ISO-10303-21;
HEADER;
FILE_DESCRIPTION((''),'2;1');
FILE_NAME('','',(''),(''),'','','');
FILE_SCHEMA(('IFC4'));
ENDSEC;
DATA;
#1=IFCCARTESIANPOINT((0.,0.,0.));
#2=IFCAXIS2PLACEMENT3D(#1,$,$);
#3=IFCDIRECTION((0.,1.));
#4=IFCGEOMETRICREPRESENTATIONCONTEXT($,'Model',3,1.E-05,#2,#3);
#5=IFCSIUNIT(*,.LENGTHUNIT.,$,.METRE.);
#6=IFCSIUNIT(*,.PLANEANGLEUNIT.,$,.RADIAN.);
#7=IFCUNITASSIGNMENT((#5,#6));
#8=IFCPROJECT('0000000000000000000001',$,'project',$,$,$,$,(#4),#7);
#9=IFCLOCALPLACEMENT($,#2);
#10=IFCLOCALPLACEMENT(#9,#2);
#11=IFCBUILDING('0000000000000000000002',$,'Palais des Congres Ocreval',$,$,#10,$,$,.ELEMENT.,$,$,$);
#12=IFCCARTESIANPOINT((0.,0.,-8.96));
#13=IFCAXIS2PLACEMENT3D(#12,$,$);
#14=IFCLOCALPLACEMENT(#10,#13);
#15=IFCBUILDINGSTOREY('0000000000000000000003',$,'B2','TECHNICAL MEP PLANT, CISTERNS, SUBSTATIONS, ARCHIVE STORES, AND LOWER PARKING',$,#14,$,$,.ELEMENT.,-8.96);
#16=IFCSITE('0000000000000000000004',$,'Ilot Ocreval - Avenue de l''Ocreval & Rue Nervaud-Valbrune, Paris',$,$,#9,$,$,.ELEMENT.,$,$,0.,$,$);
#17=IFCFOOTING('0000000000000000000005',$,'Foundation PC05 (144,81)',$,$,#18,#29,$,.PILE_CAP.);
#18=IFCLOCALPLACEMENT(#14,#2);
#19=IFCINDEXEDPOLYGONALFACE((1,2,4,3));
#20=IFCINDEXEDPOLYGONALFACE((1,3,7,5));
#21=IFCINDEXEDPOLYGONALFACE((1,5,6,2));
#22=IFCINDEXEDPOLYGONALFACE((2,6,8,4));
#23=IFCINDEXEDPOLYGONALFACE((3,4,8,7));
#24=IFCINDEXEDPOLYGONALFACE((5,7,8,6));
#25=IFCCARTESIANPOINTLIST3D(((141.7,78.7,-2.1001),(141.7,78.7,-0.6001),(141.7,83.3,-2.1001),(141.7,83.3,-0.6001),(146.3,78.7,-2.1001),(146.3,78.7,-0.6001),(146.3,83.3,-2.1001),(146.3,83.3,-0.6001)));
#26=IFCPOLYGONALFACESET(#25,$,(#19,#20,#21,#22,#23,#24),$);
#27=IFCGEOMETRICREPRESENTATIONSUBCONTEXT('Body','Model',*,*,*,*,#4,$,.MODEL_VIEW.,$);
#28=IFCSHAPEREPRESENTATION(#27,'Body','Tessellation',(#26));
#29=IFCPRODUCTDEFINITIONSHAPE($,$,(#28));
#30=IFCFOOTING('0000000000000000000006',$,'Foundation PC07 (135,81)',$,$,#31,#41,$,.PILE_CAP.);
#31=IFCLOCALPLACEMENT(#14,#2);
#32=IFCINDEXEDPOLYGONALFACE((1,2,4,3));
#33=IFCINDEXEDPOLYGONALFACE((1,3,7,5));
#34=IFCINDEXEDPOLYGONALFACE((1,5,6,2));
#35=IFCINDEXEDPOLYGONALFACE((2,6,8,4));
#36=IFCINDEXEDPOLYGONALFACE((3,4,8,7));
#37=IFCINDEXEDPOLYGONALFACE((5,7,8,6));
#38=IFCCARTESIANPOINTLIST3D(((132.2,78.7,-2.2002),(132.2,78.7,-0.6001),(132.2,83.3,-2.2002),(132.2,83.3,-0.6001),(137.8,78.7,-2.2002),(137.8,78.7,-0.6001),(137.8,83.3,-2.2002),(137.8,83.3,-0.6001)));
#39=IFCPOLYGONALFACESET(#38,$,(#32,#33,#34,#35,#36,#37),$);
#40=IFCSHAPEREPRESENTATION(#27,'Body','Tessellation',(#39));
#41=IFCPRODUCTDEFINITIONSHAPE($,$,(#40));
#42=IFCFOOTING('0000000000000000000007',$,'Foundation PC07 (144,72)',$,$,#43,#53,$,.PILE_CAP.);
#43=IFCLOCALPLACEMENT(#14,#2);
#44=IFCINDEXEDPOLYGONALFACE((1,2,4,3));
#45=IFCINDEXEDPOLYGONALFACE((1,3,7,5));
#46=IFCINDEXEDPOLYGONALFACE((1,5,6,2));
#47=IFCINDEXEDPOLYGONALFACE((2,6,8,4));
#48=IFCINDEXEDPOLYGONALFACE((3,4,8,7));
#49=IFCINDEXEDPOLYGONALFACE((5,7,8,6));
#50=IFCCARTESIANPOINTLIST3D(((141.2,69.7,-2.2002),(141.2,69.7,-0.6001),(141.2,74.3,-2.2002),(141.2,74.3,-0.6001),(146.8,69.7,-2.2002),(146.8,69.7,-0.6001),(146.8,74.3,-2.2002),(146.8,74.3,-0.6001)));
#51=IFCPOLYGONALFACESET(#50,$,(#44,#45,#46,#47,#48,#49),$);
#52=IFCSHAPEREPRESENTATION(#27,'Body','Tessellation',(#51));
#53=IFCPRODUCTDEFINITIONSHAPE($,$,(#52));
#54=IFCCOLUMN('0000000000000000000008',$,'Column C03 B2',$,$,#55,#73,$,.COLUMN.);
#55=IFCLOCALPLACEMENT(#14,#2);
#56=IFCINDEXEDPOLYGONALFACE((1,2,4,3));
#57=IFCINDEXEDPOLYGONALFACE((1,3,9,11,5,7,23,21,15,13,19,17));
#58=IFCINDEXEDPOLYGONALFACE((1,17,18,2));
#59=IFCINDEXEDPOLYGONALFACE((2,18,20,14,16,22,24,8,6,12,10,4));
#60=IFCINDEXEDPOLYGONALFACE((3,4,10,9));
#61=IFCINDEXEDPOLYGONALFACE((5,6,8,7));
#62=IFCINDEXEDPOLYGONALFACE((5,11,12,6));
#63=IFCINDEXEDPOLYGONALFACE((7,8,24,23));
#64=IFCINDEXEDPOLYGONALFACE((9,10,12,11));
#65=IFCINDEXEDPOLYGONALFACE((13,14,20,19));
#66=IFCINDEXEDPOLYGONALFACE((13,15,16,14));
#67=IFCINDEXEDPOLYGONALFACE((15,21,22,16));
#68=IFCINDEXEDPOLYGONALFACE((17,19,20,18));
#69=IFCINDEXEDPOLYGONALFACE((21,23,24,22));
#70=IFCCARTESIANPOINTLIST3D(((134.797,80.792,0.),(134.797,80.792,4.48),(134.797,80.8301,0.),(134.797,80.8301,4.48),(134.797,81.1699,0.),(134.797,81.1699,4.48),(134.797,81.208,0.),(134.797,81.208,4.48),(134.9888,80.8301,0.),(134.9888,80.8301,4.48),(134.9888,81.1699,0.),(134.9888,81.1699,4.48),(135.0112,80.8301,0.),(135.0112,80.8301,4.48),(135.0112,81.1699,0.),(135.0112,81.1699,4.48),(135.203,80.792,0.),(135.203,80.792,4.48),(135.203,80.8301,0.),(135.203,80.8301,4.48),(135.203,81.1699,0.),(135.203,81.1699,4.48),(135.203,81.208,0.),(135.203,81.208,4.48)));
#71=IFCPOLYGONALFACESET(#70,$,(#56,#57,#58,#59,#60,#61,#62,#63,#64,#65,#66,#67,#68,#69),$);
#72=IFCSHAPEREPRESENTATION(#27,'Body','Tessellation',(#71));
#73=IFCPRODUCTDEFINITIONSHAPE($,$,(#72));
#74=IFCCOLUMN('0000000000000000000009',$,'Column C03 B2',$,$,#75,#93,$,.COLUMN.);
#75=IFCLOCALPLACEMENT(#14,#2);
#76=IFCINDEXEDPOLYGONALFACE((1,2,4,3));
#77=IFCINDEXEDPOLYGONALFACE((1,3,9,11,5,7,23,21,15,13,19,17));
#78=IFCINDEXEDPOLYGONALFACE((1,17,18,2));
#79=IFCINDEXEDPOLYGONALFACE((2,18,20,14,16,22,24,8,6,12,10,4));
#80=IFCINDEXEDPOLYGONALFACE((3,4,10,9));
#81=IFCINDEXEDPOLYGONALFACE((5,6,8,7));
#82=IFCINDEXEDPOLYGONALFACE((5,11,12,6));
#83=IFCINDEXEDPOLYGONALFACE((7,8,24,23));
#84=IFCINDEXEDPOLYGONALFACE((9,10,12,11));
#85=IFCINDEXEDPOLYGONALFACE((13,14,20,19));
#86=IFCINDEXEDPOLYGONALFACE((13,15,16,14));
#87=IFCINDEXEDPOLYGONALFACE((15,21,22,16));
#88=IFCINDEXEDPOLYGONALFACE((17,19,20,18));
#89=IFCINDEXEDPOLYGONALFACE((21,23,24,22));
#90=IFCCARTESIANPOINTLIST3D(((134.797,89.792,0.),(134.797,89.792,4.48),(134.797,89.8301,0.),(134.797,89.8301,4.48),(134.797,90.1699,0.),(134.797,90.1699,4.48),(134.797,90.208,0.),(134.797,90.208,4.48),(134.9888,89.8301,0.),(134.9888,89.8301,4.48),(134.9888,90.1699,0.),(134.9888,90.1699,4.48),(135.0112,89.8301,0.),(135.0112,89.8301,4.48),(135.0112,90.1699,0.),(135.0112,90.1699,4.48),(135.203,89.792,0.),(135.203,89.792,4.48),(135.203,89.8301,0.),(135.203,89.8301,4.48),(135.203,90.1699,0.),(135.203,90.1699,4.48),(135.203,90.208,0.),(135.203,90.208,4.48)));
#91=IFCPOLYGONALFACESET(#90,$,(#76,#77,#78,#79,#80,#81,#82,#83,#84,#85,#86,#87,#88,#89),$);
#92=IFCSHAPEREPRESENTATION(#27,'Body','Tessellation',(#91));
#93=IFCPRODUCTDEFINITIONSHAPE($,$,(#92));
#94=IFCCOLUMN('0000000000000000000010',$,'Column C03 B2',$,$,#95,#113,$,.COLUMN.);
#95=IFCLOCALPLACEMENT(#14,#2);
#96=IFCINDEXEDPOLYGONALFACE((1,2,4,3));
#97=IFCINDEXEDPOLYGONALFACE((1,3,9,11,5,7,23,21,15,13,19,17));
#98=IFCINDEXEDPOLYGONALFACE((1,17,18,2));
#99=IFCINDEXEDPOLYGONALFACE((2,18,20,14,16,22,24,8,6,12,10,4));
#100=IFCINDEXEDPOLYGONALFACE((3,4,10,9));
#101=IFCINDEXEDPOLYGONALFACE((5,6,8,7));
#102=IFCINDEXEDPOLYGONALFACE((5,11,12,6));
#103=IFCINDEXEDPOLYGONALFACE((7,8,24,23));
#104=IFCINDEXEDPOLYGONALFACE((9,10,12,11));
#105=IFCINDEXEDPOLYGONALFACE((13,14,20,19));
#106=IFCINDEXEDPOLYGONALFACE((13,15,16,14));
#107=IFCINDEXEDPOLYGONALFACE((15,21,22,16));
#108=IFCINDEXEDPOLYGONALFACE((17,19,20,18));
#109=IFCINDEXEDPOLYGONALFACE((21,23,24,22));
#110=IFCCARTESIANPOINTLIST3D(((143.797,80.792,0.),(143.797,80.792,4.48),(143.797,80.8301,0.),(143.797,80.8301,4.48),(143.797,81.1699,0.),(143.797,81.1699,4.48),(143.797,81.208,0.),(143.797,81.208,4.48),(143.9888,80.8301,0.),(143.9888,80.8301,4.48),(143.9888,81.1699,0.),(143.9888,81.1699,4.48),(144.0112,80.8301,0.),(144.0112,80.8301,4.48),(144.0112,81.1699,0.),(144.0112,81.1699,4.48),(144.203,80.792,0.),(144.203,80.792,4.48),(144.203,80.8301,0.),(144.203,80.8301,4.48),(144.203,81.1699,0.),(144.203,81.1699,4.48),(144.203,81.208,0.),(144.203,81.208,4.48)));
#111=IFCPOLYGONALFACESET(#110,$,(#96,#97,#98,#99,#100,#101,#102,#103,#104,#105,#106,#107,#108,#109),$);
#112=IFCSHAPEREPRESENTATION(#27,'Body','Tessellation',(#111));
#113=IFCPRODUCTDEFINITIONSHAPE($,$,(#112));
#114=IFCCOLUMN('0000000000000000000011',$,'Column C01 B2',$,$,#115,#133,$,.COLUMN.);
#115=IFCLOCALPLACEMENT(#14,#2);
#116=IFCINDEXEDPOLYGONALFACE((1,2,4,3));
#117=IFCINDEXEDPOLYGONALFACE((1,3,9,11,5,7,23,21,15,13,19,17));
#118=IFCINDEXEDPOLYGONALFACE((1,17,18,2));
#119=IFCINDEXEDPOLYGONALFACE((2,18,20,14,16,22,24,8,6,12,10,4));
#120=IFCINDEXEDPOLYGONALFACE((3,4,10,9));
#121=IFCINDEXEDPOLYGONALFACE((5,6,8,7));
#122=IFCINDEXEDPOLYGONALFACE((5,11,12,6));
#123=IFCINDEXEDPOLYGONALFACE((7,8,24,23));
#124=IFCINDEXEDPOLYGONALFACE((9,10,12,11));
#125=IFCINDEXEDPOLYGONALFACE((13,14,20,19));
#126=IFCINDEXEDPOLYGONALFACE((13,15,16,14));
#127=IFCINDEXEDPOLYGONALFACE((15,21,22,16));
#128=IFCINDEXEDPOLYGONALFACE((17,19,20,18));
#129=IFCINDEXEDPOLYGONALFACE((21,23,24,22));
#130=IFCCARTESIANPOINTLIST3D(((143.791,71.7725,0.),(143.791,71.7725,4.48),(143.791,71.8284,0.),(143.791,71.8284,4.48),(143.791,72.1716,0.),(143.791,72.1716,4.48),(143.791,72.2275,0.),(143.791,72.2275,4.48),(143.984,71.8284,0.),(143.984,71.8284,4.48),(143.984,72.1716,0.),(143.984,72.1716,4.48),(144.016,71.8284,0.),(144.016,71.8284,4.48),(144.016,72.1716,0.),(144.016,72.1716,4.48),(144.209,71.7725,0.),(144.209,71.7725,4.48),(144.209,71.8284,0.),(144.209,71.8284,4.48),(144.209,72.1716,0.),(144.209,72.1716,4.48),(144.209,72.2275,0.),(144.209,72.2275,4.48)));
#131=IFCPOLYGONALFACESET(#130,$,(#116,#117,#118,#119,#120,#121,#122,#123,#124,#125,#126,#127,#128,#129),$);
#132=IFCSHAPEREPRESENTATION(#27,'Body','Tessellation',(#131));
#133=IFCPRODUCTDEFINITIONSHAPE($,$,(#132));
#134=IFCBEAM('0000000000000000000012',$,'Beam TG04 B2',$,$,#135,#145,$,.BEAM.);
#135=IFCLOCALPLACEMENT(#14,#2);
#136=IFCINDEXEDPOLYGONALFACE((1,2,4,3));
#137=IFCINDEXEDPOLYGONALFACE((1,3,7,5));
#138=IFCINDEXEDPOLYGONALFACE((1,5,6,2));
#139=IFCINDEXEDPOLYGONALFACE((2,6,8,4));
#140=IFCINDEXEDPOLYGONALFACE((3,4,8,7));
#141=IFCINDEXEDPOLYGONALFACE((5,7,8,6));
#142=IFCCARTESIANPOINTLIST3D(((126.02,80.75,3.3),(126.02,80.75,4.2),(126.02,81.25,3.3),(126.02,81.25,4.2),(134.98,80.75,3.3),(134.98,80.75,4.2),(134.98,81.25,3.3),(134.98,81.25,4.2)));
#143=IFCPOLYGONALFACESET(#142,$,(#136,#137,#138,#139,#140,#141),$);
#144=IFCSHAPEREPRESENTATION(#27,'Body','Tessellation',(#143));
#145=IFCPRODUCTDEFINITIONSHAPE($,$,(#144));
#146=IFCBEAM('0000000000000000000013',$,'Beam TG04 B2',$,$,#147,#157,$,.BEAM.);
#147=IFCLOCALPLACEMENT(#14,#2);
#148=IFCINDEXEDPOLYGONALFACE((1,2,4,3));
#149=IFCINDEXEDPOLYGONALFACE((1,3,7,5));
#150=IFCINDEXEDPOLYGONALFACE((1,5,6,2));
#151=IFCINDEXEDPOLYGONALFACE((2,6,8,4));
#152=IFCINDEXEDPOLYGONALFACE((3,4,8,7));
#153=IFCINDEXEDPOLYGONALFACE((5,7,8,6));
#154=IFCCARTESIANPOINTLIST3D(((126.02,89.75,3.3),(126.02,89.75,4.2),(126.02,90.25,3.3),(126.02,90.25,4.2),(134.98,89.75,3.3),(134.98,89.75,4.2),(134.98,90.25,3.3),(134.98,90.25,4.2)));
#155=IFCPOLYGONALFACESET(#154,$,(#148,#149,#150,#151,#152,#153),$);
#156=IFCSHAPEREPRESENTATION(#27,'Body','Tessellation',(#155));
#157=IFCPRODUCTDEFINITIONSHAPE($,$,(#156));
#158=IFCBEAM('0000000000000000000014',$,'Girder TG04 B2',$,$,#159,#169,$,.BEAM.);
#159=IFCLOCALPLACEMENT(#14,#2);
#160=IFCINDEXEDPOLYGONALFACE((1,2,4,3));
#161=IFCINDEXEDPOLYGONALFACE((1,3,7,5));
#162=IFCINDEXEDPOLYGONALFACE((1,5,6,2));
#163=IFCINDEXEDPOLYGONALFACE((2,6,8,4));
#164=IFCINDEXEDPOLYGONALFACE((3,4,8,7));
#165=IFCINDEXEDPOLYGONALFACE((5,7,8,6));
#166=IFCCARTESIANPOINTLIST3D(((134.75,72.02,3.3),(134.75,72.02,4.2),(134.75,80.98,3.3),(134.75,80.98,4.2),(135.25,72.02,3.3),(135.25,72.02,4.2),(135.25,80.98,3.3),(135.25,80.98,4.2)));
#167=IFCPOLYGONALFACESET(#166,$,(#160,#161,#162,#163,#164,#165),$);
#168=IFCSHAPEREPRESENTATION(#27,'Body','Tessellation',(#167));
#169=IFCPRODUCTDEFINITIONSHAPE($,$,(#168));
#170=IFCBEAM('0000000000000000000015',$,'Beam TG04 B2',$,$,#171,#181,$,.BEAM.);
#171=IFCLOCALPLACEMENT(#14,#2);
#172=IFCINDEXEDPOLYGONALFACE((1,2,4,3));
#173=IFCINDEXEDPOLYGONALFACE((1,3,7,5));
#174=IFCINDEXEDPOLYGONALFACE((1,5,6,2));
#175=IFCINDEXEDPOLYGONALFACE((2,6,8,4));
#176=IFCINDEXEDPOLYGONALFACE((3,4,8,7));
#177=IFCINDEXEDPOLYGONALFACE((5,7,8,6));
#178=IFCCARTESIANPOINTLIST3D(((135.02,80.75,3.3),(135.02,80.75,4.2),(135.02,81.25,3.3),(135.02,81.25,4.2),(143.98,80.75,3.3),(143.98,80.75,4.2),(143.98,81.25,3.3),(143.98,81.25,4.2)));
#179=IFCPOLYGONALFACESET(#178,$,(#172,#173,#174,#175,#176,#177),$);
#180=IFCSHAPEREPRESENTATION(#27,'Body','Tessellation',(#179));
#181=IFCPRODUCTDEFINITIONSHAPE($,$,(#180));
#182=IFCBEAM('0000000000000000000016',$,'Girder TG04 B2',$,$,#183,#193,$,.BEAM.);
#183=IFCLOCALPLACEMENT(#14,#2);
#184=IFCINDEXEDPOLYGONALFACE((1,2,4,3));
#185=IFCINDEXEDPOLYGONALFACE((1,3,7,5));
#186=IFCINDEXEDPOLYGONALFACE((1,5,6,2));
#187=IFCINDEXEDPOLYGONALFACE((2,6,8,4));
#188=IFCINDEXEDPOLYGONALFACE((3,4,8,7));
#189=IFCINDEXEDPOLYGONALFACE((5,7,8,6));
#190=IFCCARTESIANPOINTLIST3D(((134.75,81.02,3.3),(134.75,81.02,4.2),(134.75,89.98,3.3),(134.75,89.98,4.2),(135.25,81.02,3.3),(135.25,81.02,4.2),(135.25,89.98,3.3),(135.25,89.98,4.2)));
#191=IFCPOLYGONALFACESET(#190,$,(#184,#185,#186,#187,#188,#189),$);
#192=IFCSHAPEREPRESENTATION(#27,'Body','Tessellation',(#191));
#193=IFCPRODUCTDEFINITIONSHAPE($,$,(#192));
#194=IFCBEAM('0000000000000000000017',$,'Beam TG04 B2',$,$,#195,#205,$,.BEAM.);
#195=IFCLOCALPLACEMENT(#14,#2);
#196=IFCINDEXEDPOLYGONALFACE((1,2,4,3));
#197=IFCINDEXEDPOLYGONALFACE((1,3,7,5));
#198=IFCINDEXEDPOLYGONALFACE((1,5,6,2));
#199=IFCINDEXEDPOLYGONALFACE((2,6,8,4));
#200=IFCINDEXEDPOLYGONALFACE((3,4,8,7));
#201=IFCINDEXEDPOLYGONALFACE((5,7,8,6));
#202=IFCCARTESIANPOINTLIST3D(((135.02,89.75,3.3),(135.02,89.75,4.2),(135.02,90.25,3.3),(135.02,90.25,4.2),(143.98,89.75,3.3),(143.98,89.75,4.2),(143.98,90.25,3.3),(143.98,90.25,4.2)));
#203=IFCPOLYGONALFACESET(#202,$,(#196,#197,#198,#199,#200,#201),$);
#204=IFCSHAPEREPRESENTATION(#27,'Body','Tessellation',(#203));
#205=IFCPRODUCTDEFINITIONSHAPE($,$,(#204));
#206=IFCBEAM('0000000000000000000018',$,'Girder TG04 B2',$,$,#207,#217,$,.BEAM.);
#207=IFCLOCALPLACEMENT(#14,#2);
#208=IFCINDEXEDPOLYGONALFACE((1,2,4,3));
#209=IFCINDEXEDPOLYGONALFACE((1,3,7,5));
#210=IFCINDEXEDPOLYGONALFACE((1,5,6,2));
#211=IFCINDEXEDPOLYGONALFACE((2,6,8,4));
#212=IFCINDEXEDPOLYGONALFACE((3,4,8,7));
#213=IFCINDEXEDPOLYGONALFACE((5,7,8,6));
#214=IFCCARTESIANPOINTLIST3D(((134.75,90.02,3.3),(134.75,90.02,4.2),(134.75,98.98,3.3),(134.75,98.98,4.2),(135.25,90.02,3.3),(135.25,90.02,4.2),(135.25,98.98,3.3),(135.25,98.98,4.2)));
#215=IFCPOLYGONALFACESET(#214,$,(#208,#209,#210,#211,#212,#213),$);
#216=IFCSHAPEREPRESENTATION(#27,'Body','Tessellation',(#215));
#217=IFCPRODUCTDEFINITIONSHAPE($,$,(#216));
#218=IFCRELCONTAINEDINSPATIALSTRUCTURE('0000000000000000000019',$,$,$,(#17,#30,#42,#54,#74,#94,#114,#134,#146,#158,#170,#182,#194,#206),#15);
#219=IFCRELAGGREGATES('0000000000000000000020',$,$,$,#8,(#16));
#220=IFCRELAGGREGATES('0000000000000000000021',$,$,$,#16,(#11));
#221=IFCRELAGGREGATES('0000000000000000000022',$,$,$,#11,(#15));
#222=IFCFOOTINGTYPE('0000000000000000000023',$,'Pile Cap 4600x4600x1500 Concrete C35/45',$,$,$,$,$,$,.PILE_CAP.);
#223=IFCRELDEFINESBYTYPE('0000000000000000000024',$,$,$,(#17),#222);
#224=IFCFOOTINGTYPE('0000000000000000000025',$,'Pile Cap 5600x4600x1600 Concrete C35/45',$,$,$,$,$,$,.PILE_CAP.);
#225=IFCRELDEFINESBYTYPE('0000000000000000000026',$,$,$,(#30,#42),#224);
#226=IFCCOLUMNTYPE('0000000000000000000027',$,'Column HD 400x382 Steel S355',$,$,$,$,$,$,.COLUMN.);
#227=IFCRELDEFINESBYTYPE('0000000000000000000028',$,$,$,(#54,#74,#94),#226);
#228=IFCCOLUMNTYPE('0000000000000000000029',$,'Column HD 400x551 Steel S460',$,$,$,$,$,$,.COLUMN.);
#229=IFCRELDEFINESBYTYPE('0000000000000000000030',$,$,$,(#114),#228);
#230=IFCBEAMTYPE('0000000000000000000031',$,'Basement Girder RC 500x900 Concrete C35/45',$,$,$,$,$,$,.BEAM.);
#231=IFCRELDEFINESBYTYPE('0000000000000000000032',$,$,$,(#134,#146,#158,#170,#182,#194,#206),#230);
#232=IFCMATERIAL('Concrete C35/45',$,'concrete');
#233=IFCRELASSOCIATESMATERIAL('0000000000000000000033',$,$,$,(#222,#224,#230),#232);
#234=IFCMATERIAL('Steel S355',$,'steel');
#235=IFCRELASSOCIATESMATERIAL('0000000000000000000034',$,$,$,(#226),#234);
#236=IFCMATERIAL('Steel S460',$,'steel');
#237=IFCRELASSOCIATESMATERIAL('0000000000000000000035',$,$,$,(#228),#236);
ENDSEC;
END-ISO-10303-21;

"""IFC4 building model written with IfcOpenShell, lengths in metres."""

from ifc_helpers import new_model, si_unit, direction, frame, origin, origin_2d, place, context, subcontext, project, spatial, rectangle, i_section, extrude, material, material_profile, profile_set, type_object, element, save


model = new_model("IFC4")

# Units and contexts
model_context = context("Model", 3, precision=1e-05, world=origin(), true_north=direction((0.0, 1.0)))
body_context = subcontext(model_context, "Body", "Model", "MODEL_VIEW")
ifc_project = project(units=[si_unit("LENGTHUNIT", "METRE"), si_unit("PLANEANGLEUNIT", "RADIAN")], contexts=[model_context])

# Site, building, storey
site_placement = place(None, origin())
site = spatial("IfcSite", under=ifc_project, at=site_placement, Name="Ilot Ocreval - Avenue de l'Ocreval & Rue Nervaud-Valbrune, Paris", CompositionType="ELEMENT", RefElevation=0.0)
building_placement = place(site_placement, origin())
building = spatial("IfcBuilding", under=site, at=building_placement, Name="Palais des Congres Ocreval", CompositionType="ELEMENT")
storey_placement = place(building_placement, frame((0.0, 0.0, -8.96)))
storey = spatial("IfcBuildingStorey", under=building, at=storey_placement, Name="B2", Description="TECHNICAL MEP PLANT, CISTERNS, SUBSTATIONS, ARCHIVE STORES, AND LOWER PARKING", CompositionType="ELEMENT", Elevation=-8.96)

# Shared definitions
ifc_material_1 = material(Name="Concrete C35/45", Category="concrete")

# Footings
footing_type_1 = type_object("IfcFootingType", Name="Pile Cap 4600x4600x1500 Concrete C35/45", PredefinedType="PILE_CAP", material=ifc_material_1)
for number, where, z_axis, x_axis, name in (
    (1, (144.0, 81.0, -2.1001), (0.0, 0.0, 1.0), (1.0, 0.0, 0.0), "Foundation PC05 (144,81)"),
):
    element("IfcFooting", number, at=place(storey_placement, frame(where, z_axis=z_axis, x_axis=x_axis)), inside=storey, type_object=footing_type_1, Name=name, PredefinedType="PILE_CAP", context=body_context, shape_type="SweptSolid", body=[
        extrude(rectangle(XDim=4.6001, YDim=4.6001, at=origin_2d()), origin(), (0.0, 0.0, 1.0), 1.5),
    ])
footing_type_2 = type_object("IfcFootingType", Name="Pile Cap 5600x4600x1600 Concrete C35/45", PredefinedType="PILE_CAP", material=ifc_material_1)
for number, where, z_axis, x_axis, name in (
    (2, (135.0, 81.0, -2.2002), (0.0, 0.0, 1.0), (1.0, 0.0, 0.0), "Foundation PC07 (135,81)"),
    (3, (144.0, 72.0, -2.2002), (0.0, 0.0, 1.0), (1.0, 0.0, 0.0), "Foundation PC07 (144,72)"),
):
    element("IfcFooting", number, at=place(storey_placement, frame(where, z_axis=z_axis, x_axis=x_axis)), inside=storey, type_object=footing_type_2, Name=name, PredefinedType="PILE_CAP", context=body_context, shape_type="SweptSolid", body=[
        extrude(rectangle(XDim=5.6001, YDim=4.6001, at=origin_2d()), origin(), (0.0, 0.0, 1.0), 1.6001),
    ])

# Columns
ifc_material_2 = material(Name="Steel S355", Category="steel")
ifc_material_profile_1 = material_profile(ifc_material_2, i_section(OverallWidth=0.406, OverallDepth=0.416, WebThickness=0.0225, FlangeThickness=0.0381, at=origin_2d()), Name="HD 400x382")
ifc_profile_set_1 = profile_set([ifc_material_profile_1], Name="Steel S355")
column_type_1 = type_object("IfcColumnType", Name="Column HD 400x382 Steel S355", PredefinedType="COLUMN", material=ifc_profile_set_1)
for number, where, z_axis, x_axis, name in (
    (4, (135.0, 81.0, 0.0), (0.0, 0.0, 1.0), (1.0, 0.0, 0.0), "Column C03 B2"),
    (5, (135.0, 90.0, 0.0), (0.0, 0.0, 1.0), (1.0, 0.0, 0.0), "Column C03 B2"),
    (6, (144.0, 81.0, 0.0), (0.0, 0.0, 1.0), (1.0, 0.0, 0.0), "Column C03 B2"),
):
    element("IfcColumn", number, at=place(storey_placement, frame(where, z_axis=z_axis, x_axis=x_axis)), inside=storey, type_object=column_type_1, Name=name, PredefinedType="COLUMN", context=body_context, shape_type="SweptSolid", body=[
        extrude(i_section(OverallWidth=0.406, OverallDepth=0.416, WebThickness=0.0225, FlangeThickness=0.0381, at=origin_2d()), origin(), (0.0, 0.0, 1.0), 4.48),
    ])
ifc_material_3 = material(Name="Steel S460", Category="steel")
ifc_material_profile_2 = material_profile(ifc_material_3, i_section(OverallWidth=0.418, OverallDepth=0.4551, WebThickness=0.032, FlangeThickness=0.0559, at=origin_2d()), Name="HD 400x551")
ifc_profile_set_2 = profile_set([ifc_material_profile_2], Name="Steel S460")
column_type_2 = type_object("IfcColumnType", Name="Column HD 400x551 Steel S460", PredefinedType="COLUMN", material=ifc_profile_set_2)
column_placement = place(storey_placement, frame((144.0, 72.0, 0.0), z_axis=(0.0, 0.0, 1.0), x_axis=(1.0, 0.0, 0.0)))
element("IfcColumn", 7, at=column_placement, inside=storey, type_object=column_type_2, Name="Column C01 B2", PredefinedType="COLUMN", context=body_context, shape_type="SweptSolid", body=[
    extrude(i_section(OverallWidth=0.418, OverallDepth=0.4551, WebThickness=0.032, FlangeThickness=0.0559, at=origin_2d()), origin(), (0.0, 0.0, 1.0), 4.48),
])

# Beams
ifc_material_profile_3 = material_profile(ifc_material_1, rectangle(XDim=0.5, YDim=0.8999, at=origin_2d()), Name="RC 500x900")
ifc_profile_set_3 = profile_set([ifc_material_profile_3], Name="Concrete C35/45")
beam_type = type_object("IfcBeamType", Name="Basement Girder RC 500x900 Concrete C35/45", PredefinedType="BEAM", material=ifc_profile_set_3)
for number, where, z_axis, x_axis, name in (
    (8, (126.02, 81.0, 3.75), (1.0, 0.0, 0.0), (0.0, 1.0, 0.0), "Beam TG04 B2"),
    (9, (126.02, 90.0, 3.75), (1.0, 0.0, 0.0), (0.0, 1.0, 0.0), "Beam TG04 B2"),
    (10, (135.0, 72.02, 3.75), (0.0, 1.0, 0.0), (-1.0, 0.0, 0.0), "Girder TG04 B2"),
    (11, (135.02, 81.0, 3.75), (1.0, 0.0, 0.0), (0.0, 1.0, 0.0), "Beam TG04 B2"),
    (12, (135.0, 81.02, 3.75), (0.0, 1.0, 0.0), (-1.0, 0.0, 0.0), "Girder TG04 B2"),
    (13, (135.02, 90.0, 3.75), (1.0, 0.0, 0.0), (0.0, 1.0, 0.0), "Beam TG04 B2"),
    (14, (135.0, 90.02, 3.75), (0.0, 1.0, 0.0), (-1.0, 0.0, 0.0), "Girder TG04 B2"),
):
    element("IfcBeam", number, at=place(storey_placement, frame(where, z_axis=z_axis, x_axis=x_axis)), inside=storey, type_object=beam_type, Name=name, PredefinedType="BEAM", context=body_context, shape_type="SweptSolid", body=[
        extrude(rectangle(XDim=0.5, YDim=0.8999, at=origin_2d()), origin(), (0.0, 0.0, 1.0), 8.96),
    ])

save(model, "model.ifc")
